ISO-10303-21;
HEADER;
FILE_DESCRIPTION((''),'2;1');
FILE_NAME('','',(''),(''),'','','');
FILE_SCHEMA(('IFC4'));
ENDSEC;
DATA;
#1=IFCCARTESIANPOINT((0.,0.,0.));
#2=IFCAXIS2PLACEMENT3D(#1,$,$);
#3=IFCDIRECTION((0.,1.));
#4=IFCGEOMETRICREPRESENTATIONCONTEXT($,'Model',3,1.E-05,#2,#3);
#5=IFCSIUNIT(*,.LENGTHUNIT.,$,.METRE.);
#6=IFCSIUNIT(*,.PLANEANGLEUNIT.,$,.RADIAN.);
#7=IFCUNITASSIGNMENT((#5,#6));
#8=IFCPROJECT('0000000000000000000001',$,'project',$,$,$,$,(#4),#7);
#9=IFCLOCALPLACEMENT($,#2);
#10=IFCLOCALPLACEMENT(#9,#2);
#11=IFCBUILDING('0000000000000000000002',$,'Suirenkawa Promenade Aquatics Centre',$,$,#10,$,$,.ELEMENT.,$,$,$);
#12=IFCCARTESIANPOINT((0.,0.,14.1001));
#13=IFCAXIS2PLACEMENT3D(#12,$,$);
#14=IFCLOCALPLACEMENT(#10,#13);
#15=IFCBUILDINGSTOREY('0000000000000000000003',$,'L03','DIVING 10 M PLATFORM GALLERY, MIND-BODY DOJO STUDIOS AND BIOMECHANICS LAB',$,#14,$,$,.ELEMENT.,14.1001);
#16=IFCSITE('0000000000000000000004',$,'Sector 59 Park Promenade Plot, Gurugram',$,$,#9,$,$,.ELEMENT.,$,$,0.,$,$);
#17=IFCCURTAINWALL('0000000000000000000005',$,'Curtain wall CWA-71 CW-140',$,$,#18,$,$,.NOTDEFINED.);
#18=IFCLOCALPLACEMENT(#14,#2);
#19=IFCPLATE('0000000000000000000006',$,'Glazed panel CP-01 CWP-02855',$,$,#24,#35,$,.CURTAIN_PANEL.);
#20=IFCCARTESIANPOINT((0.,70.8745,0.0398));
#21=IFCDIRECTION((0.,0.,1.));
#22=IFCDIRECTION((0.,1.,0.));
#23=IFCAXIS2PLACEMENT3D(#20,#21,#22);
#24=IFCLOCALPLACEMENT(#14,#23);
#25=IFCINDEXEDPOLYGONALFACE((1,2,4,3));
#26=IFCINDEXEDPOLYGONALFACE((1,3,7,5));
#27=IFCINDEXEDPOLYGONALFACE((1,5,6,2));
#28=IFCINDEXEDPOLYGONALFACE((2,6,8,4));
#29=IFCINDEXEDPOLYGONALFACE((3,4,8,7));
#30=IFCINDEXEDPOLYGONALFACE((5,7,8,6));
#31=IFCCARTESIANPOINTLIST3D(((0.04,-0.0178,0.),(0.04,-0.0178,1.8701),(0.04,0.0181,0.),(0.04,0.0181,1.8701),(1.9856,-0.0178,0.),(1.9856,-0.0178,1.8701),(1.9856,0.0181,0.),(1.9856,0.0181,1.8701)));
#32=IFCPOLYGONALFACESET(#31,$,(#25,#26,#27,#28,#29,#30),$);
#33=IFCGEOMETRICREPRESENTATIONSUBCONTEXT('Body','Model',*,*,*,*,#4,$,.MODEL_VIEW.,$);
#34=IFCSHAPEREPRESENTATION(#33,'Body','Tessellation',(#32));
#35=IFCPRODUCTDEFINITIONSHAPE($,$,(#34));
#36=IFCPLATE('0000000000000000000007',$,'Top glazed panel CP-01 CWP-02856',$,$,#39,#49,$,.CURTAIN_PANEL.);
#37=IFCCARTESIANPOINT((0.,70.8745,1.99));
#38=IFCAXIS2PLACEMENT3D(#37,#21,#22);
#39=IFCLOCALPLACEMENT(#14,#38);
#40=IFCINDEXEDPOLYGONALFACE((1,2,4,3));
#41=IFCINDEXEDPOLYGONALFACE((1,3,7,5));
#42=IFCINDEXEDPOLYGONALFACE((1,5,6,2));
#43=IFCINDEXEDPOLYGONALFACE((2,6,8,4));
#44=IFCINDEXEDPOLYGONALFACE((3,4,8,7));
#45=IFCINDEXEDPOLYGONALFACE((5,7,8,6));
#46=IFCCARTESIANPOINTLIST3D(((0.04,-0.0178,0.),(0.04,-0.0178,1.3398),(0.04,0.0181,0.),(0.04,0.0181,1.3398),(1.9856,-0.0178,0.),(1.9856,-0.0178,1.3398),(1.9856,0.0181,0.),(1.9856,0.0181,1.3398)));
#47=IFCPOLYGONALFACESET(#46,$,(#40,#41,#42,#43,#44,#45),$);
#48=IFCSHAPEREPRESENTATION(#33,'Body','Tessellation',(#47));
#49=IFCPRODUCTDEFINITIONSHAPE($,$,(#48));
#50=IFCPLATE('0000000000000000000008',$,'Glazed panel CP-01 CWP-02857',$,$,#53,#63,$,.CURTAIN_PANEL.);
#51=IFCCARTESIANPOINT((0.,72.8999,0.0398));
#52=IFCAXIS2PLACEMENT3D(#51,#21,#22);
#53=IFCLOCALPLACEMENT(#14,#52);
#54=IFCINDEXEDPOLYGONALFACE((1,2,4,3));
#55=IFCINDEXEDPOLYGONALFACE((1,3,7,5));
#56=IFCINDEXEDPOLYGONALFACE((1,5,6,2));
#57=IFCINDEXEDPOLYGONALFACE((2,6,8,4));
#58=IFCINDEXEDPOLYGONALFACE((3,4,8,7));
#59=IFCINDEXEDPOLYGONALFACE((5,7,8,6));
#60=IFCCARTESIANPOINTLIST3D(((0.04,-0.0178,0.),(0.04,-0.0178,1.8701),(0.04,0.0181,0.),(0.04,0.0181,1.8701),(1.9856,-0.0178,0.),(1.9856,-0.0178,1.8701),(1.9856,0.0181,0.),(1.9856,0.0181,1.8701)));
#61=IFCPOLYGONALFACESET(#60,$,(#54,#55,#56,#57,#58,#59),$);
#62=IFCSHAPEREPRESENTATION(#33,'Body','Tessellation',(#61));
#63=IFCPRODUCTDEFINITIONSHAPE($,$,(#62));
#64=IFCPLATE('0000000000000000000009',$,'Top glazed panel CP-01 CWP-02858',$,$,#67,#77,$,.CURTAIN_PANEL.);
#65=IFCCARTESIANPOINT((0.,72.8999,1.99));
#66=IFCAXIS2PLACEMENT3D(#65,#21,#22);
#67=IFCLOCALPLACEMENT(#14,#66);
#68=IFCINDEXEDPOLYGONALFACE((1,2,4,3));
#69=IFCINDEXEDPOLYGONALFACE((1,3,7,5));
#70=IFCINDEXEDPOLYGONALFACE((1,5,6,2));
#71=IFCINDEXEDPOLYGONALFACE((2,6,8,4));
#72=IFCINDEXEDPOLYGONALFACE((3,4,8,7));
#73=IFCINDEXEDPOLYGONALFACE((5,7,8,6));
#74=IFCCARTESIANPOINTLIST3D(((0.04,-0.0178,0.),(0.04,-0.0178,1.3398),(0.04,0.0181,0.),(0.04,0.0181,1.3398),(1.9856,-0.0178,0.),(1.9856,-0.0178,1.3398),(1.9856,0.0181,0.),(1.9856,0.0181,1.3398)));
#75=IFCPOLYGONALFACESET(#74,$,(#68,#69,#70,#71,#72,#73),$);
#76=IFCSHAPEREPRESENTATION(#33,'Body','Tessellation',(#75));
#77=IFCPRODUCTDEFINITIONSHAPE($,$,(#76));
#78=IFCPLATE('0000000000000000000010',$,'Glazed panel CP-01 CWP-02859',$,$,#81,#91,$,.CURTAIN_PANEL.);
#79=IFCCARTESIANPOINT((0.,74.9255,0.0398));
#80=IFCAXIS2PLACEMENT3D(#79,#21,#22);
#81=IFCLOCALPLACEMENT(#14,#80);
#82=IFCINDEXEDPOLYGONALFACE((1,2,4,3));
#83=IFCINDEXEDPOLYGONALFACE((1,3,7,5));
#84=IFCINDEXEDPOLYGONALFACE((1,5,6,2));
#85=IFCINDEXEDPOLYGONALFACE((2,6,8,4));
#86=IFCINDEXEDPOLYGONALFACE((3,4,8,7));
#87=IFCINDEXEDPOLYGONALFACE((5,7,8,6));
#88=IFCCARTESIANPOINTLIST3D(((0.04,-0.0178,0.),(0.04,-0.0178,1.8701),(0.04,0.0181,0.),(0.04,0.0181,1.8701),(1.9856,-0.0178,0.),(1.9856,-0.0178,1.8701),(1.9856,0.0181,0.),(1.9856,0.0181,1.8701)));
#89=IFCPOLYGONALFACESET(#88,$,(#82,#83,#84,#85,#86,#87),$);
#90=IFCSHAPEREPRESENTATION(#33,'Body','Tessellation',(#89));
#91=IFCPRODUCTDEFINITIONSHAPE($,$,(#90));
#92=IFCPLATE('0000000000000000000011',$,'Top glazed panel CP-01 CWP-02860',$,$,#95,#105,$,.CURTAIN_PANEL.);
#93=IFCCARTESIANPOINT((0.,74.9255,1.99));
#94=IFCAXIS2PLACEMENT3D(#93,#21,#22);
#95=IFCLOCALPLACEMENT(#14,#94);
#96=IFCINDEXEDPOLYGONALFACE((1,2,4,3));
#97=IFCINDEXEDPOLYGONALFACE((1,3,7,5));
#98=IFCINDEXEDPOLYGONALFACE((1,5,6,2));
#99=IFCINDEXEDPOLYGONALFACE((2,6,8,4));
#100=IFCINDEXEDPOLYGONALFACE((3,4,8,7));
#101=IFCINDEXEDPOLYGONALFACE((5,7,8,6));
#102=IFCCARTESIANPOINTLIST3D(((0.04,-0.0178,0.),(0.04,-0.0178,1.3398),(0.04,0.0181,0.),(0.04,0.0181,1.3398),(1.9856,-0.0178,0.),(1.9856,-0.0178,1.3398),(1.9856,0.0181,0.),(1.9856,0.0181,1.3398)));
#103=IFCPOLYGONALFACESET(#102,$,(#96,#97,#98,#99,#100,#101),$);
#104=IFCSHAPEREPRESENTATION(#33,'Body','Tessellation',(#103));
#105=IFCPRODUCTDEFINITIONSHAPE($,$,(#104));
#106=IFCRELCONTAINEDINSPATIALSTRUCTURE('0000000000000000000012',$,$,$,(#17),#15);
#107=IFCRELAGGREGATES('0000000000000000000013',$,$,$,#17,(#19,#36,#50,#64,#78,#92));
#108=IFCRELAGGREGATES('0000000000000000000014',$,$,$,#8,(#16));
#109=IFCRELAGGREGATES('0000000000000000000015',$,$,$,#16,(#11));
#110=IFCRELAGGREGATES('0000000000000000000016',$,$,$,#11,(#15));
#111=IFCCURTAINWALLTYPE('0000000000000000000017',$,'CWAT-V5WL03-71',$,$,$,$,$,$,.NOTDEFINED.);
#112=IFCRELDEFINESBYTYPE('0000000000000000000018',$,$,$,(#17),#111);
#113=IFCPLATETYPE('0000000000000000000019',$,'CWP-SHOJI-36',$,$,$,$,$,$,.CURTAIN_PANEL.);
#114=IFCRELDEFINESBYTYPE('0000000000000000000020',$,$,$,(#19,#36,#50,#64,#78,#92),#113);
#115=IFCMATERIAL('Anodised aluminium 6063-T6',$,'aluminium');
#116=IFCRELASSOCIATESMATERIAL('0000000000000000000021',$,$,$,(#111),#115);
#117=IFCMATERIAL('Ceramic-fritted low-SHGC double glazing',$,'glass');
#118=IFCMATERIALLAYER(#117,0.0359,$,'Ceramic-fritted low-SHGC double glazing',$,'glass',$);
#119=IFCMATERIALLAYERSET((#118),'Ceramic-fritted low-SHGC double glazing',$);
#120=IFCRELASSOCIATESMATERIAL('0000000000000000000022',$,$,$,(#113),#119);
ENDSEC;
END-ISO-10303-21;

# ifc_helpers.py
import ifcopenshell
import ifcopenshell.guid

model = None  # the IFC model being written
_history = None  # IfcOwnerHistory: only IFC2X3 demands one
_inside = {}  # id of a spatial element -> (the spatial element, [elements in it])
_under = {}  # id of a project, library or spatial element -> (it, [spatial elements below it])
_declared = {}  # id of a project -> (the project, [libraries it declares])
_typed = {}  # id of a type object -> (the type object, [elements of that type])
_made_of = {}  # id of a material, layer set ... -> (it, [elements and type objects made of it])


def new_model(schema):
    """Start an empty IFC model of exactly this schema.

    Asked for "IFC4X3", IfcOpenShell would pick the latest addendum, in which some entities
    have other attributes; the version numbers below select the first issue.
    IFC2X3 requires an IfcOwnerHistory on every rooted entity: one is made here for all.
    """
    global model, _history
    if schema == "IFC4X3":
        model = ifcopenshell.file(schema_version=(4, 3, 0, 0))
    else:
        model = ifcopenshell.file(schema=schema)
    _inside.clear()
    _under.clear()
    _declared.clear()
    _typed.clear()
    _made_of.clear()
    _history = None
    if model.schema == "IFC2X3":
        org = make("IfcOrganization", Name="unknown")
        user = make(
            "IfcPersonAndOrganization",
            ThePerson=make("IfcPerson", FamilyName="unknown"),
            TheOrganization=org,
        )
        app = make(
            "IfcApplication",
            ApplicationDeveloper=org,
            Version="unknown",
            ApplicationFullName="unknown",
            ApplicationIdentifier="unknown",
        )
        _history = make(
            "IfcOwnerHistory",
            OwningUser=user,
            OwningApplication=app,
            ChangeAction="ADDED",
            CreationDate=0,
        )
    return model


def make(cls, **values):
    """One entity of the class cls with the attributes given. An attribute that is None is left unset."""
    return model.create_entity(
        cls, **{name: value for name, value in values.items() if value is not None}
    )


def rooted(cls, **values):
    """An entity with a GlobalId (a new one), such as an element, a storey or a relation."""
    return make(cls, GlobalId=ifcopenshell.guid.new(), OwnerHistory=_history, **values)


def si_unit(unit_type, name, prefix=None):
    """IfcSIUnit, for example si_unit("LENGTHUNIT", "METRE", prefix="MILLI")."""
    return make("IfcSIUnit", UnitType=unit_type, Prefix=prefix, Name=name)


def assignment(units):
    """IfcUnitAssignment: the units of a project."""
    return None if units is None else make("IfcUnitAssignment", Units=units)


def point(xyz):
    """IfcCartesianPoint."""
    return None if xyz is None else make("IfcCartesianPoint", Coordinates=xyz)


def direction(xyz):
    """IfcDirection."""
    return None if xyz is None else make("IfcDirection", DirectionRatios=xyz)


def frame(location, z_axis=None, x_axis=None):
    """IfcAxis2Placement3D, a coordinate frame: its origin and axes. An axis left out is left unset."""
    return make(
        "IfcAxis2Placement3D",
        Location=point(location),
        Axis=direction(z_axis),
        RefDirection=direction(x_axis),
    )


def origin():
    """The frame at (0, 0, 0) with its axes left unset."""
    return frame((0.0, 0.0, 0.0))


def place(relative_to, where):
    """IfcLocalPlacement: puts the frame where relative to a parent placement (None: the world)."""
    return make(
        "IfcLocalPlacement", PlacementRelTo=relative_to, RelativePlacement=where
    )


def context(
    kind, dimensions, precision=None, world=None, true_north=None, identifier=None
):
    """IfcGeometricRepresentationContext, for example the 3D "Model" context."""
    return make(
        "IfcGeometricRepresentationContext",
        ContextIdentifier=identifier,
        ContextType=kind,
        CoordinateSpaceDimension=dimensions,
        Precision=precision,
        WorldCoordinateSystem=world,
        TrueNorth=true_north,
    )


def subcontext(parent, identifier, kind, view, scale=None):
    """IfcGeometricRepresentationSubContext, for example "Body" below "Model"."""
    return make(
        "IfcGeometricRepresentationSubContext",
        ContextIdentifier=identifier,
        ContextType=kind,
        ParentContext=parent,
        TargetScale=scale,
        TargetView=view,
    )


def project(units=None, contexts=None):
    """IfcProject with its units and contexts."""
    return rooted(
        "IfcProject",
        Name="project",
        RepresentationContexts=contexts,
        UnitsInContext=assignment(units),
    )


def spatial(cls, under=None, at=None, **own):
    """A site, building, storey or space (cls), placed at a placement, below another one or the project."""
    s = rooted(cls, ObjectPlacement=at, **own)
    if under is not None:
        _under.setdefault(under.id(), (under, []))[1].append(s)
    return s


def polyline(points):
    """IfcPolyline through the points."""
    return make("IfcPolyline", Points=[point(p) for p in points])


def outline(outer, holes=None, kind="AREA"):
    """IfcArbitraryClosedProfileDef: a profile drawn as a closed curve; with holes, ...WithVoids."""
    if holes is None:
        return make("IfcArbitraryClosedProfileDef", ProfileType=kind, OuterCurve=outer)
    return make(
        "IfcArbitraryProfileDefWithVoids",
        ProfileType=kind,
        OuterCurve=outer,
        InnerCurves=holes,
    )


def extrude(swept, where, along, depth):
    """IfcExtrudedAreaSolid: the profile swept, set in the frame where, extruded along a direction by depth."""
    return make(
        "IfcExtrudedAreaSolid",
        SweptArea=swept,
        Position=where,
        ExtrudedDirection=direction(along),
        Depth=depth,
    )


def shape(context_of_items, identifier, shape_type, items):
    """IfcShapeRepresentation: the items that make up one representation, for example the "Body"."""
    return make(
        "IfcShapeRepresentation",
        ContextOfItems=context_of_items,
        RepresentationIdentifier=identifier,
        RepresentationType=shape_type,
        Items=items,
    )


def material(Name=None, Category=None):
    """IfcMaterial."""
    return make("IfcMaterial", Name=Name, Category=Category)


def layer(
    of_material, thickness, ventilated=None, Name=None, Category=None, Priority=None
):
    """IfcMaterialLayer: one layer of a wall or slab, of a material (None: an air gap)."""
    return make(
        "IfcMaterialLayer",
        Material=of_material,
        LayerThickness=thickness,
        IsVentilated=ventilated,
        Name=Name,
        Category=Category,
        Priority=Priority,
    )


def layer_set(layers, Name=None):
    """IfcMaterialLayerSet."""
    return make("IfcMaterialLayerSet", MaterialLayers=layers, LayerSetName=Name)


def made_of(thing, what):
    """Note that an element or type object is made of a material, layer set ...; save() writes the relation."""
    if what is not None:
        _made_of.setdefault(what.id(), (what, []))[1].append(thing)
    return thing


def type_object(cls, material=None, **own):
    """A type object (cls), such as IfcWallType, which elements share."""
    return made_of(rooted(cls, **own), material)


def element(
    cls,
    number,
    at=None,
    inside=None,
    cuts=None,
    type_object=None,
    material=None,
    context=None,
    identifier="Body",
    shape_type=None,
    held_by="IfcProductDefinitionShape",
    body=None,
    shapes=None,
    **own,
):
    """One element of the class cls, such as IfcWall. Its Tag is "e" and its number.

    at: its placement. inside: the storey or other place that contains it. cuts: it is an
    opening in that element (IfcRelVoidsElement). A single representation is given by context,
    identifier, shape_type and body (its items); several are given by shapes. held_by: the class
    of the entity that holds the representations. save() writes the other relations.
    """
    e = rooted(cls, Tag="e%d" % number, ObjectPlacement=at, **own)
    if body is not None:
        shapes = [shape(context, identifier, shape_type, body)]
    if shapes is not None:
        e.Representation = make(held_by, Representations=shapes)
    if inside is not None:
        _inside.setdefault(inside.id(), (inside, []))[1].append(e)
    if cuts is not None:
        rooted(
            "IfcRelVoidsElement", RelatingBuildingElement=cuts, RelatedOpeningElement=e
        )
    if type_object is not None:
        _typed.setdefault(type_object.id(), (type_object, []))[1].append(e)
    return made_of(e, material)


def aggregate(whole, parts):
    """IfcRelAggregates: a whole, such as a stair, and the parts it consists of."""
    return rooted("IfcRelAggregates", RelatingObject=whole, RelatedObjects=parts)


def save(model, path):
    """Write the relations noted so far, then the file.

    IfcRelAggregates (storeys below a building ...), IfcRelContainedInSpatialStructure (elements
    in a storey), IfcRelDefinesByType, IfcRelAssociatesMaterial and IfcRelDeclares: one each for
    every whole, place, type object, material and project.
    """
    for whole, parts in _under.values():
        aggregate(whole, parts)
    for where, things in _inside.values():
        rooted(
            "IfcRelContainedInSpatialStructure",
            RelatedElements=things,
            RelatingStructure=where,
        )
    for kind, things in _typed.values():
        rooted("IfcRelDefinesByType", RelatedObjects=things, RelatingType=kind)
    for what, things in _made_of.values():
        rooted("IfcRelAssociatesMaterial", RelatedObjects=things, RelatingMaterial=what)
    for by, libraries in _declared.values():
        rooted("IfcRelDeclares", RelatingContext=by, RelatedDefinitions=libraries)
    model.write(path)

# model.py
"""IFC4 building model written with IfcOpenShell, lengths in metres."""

from ifc_helpers import new_model, si_unit, direction, frame, origin, place, context, subcontext, project, spatial, polyline, outline, extrude, material, layer, layer_set, type_object, element, aggregate, save


model = new_model("IFC4")

# Units and contexts
model_context = context("Model", 3, precision=1e-05, world=origin(), true_north=direction((0.0, 1.0)))
body_context = subcontext(model_context, "Body", "Model", "MODEL_VIEW")
ifc_project = project(units=[si_unit("LENGTHUNIT", "METRE"), si_unit("PLANEANGLEUNIT", "RADIAN")], contexts=[model_context])

# Site, building, storey
site_placement = place(None, origin())
site = spatial("IfcSite", under=ifc_project, at=site_placement, Name="Sector 59 Park Promenade Plot, Gurugram", CompositionType="ELEMENT", RefElevation=0.0)
building_placement = place(site_placement, origin())
building = spatial("IfcBuilding", under=site, at=building_placement, Name="Suirenkawa Promenade Aquatics Centre", CompositionType="ELEMENT")
storey_placement = place(building_placement, frame((0.0, 0.0, 14.1001)))
storey = spatial("IfcBuildingStorey", under=building, at=storey_placement, Name="L03", Description="DIVING 10 M PLATFORM GALLERY, MIND-BODY DOJO STUDIOS AND BIOMECHANICS LAB", CompositionType="ELEMENT", Elevation=14.1001)

# Curtain wall, plates
ifc_material_1 = material(Name="Anodised aluminium 6063-T6", Category="aluminium")
curtain_wall_type = type_object("IfcCurtainWallType", Name="CWAT-V5WL03-71", PredefinedType="NOTDEFINED", material=ifc_material_1)
curtain_wall_placement = place(storey_placement, origin())
curtain_wall = element("IfcCurtainWall", 1, at=curtain_wall_placement, inside=storey, type_object=curtain_wall_type, Name="Curtain wall CWA-71 CW-140", PredefinedType="NOTDEFINED")
ifc_material_2 = material(Name="Ceramic-fritted low-SHGC double glazing", Category="glass")
ifc_layer = layer(ifc_material_2, 0.0359, Name="Ceramic-fritted low-SHGC double glazing", Category="glass")
ifc_layer_set = layer_set([ifc_layer], Name="Ceramic-fritted low-SHGC double glazing")
plate_type = type_object("IfcPlateType", Name="CWP-SHOJI-36", PredefinedType="CURTAIN_PANEL", material=ifc_layer_set)
plate_1_placement = place(storey_placement, frame((0.0, 70.8745, 0.0398), z_axis=(0.0, 0.0, 1.0), x_axis=(0.0, 1.0, 0.0)))
plate_1 = element("IfcPlate", 2, at=plate_1_placement, type_object=plate_type, Name="Glazed panel CP-01 CWP-02855", PredefinedType="CURTAIN_PANEL", context=body_context, shape_type="SweptSolid", body=[
    extrude(outline(polyline([(0.04, 0.0), (1.9856, 0.0), (1.9856, 1.8701), (0.04, 1.8701), (0.04, 0.0)])), frame((0.0, 0.0181, 0.0), z_axis=(0.0, -1.0, 0.0), x_axis=(1.0, 0.0, 0.0)), (0.0, 0.0, 1.0), 0.0359),
])
plate_2_placement = place(storey_placement, frame((0.0, 70.8745, 1.99), z_axis=(0.0, 0.0, 1.0), x_axis=(0.0, 1.0, 0.0)))
plate_2 = element("IfcPlate", 3, at=plate_2_placement, type_object=plate_type, Name="Top glazed panel CP-01 CWP-02856", PredefinedType="CURTAIN_PANEL", context=body_context, shape_type="SweptSolid", body=[
    extrude(outline(polyline([(0.04, 0.0), (1.9856, 0.0), (1.9856, 1.3398), (0.04, 1.3398), (0.04, 0.0)])), frame((0.0, 0.0181, 0.0), z_axis=(0.0, -1.0, 0.0), x_axis=(1.0, 0.0, 0.0)), (0.0, 0.0, 1.0), 0.0359),
])
plate_3_placement = place(storey_placement, frame((0.0, 72.8999, 0.0398), z_axis=(0.0, 0.0, 1.0), x_axis=(0.0, 1.0, 0.0)))
plate_3 = element("IfcPlate", 4, at=plate_3_placement, type_object=plate_type, Name="Glazed panel CP-01 CWP-02857", PredefinedType="CURTAIN_PANEL", context=body_context, shape_type="SweptSolid", body=[
    extrude(outline(polyline([(0.04, 0.0), (1.9856, 0.0), (1.9856, 1.8701), (0.04, 1.8701), (0.04, 0.0)])), frame((0.0, 0.0181, 0.0), z_axis=(0.0, -1.0, 0.0), x_axis=(1.0, 0.0, 0.0)), (0.0, 0.0, 1.0), 0.0359),
])
plate_4_placement = place(storey_placement, frame((0.0, 72.8999, 1.99), z_axis=(0.0, 0.0, 1.0), x_axis=(0.0, 1.0, 0.0)))
plate_4 = element("IfcPlate", 5, at=plate_4_placement, type_object=plate_type, Name="Top glazed panel CP-01 CWP-02858", PredefinedType="CURTAIN_PANEL", context=body_context, shape_type="SweptSolid", body=[
    extrude(outline(polyline([(0.04, 0.0), (1.9856, 0.0), (1.9856, 1.3398), (0.04, 1.3398), (0.04, 0.0)])), frame((0.0, 0.0181, 0.0), z_axis=(0.0, -1.0, 0.0), x_axis=(1.0, 0.0, 0.0)), (0.0, 0.0, 1.0), 0.0359),
])
plate_5_placement = place(storey_placement, frame((0.0, 74.9255, 0.0398), z_axis=(0.0, 0.0, 1.0), x_axis=(0.0, 1.0, 0.0)))
plate_5 = element("IfcPlate", 6, at=plate_5_placement, type_object=plate_type, Name="Glazed panel CP-01 CWP-02859", PredefinedType="CURTAIN_PANEL", context=body_context, shape_type="SweptSolid", body=[
    extrude(outline(polyline([(0.04, 0.0), (1.9856, 0.0), (1.9856, 1.8701), (0.04, 1.8701), (0.04, 0.0)])), frame((0.0, 0.0181, 0.0), z_axis=(0.0, -1.0, 0.0), x_axis=(1.0, 0.0, 0.0)), (0.0, 0.0, 1.0), 0.0359),
])
plate_6_placement = place(storey_placement, frame((0.0, 74.9255, 1.99), z_axis=(0.0, 0.0, 1.0), x_axis=(0.0, 1.0, 0.0)))
plate_6 = element("IfcPlate", 7, at=plate_6_placement, type_object=plate_type, Name="Top glazed panel CP-01 CWP-02860", PredefinedType="CURTAIN_PANEL", context=body_context, shape_type="SweptSolid", body=[
    extrude(outline(polyline([(0.04, 0.0), (1.9856, 0.0), (1.9856, 1.3398), (0.04, 1.3398), (0.04, 0.0)])), frame((0.0, 0.0181, 0.0), z_axis=(0.0, -1.0, 0.0), x_axis=(1.0, 0.0, 0.0)), (0.0, 0.0, 1.0), 0.0359),
])
aggregate(curtain_wall, [plate_1, plate_2, plate_3, plate_4, plate_5, plate_6])

save(model, "model.ifc")
